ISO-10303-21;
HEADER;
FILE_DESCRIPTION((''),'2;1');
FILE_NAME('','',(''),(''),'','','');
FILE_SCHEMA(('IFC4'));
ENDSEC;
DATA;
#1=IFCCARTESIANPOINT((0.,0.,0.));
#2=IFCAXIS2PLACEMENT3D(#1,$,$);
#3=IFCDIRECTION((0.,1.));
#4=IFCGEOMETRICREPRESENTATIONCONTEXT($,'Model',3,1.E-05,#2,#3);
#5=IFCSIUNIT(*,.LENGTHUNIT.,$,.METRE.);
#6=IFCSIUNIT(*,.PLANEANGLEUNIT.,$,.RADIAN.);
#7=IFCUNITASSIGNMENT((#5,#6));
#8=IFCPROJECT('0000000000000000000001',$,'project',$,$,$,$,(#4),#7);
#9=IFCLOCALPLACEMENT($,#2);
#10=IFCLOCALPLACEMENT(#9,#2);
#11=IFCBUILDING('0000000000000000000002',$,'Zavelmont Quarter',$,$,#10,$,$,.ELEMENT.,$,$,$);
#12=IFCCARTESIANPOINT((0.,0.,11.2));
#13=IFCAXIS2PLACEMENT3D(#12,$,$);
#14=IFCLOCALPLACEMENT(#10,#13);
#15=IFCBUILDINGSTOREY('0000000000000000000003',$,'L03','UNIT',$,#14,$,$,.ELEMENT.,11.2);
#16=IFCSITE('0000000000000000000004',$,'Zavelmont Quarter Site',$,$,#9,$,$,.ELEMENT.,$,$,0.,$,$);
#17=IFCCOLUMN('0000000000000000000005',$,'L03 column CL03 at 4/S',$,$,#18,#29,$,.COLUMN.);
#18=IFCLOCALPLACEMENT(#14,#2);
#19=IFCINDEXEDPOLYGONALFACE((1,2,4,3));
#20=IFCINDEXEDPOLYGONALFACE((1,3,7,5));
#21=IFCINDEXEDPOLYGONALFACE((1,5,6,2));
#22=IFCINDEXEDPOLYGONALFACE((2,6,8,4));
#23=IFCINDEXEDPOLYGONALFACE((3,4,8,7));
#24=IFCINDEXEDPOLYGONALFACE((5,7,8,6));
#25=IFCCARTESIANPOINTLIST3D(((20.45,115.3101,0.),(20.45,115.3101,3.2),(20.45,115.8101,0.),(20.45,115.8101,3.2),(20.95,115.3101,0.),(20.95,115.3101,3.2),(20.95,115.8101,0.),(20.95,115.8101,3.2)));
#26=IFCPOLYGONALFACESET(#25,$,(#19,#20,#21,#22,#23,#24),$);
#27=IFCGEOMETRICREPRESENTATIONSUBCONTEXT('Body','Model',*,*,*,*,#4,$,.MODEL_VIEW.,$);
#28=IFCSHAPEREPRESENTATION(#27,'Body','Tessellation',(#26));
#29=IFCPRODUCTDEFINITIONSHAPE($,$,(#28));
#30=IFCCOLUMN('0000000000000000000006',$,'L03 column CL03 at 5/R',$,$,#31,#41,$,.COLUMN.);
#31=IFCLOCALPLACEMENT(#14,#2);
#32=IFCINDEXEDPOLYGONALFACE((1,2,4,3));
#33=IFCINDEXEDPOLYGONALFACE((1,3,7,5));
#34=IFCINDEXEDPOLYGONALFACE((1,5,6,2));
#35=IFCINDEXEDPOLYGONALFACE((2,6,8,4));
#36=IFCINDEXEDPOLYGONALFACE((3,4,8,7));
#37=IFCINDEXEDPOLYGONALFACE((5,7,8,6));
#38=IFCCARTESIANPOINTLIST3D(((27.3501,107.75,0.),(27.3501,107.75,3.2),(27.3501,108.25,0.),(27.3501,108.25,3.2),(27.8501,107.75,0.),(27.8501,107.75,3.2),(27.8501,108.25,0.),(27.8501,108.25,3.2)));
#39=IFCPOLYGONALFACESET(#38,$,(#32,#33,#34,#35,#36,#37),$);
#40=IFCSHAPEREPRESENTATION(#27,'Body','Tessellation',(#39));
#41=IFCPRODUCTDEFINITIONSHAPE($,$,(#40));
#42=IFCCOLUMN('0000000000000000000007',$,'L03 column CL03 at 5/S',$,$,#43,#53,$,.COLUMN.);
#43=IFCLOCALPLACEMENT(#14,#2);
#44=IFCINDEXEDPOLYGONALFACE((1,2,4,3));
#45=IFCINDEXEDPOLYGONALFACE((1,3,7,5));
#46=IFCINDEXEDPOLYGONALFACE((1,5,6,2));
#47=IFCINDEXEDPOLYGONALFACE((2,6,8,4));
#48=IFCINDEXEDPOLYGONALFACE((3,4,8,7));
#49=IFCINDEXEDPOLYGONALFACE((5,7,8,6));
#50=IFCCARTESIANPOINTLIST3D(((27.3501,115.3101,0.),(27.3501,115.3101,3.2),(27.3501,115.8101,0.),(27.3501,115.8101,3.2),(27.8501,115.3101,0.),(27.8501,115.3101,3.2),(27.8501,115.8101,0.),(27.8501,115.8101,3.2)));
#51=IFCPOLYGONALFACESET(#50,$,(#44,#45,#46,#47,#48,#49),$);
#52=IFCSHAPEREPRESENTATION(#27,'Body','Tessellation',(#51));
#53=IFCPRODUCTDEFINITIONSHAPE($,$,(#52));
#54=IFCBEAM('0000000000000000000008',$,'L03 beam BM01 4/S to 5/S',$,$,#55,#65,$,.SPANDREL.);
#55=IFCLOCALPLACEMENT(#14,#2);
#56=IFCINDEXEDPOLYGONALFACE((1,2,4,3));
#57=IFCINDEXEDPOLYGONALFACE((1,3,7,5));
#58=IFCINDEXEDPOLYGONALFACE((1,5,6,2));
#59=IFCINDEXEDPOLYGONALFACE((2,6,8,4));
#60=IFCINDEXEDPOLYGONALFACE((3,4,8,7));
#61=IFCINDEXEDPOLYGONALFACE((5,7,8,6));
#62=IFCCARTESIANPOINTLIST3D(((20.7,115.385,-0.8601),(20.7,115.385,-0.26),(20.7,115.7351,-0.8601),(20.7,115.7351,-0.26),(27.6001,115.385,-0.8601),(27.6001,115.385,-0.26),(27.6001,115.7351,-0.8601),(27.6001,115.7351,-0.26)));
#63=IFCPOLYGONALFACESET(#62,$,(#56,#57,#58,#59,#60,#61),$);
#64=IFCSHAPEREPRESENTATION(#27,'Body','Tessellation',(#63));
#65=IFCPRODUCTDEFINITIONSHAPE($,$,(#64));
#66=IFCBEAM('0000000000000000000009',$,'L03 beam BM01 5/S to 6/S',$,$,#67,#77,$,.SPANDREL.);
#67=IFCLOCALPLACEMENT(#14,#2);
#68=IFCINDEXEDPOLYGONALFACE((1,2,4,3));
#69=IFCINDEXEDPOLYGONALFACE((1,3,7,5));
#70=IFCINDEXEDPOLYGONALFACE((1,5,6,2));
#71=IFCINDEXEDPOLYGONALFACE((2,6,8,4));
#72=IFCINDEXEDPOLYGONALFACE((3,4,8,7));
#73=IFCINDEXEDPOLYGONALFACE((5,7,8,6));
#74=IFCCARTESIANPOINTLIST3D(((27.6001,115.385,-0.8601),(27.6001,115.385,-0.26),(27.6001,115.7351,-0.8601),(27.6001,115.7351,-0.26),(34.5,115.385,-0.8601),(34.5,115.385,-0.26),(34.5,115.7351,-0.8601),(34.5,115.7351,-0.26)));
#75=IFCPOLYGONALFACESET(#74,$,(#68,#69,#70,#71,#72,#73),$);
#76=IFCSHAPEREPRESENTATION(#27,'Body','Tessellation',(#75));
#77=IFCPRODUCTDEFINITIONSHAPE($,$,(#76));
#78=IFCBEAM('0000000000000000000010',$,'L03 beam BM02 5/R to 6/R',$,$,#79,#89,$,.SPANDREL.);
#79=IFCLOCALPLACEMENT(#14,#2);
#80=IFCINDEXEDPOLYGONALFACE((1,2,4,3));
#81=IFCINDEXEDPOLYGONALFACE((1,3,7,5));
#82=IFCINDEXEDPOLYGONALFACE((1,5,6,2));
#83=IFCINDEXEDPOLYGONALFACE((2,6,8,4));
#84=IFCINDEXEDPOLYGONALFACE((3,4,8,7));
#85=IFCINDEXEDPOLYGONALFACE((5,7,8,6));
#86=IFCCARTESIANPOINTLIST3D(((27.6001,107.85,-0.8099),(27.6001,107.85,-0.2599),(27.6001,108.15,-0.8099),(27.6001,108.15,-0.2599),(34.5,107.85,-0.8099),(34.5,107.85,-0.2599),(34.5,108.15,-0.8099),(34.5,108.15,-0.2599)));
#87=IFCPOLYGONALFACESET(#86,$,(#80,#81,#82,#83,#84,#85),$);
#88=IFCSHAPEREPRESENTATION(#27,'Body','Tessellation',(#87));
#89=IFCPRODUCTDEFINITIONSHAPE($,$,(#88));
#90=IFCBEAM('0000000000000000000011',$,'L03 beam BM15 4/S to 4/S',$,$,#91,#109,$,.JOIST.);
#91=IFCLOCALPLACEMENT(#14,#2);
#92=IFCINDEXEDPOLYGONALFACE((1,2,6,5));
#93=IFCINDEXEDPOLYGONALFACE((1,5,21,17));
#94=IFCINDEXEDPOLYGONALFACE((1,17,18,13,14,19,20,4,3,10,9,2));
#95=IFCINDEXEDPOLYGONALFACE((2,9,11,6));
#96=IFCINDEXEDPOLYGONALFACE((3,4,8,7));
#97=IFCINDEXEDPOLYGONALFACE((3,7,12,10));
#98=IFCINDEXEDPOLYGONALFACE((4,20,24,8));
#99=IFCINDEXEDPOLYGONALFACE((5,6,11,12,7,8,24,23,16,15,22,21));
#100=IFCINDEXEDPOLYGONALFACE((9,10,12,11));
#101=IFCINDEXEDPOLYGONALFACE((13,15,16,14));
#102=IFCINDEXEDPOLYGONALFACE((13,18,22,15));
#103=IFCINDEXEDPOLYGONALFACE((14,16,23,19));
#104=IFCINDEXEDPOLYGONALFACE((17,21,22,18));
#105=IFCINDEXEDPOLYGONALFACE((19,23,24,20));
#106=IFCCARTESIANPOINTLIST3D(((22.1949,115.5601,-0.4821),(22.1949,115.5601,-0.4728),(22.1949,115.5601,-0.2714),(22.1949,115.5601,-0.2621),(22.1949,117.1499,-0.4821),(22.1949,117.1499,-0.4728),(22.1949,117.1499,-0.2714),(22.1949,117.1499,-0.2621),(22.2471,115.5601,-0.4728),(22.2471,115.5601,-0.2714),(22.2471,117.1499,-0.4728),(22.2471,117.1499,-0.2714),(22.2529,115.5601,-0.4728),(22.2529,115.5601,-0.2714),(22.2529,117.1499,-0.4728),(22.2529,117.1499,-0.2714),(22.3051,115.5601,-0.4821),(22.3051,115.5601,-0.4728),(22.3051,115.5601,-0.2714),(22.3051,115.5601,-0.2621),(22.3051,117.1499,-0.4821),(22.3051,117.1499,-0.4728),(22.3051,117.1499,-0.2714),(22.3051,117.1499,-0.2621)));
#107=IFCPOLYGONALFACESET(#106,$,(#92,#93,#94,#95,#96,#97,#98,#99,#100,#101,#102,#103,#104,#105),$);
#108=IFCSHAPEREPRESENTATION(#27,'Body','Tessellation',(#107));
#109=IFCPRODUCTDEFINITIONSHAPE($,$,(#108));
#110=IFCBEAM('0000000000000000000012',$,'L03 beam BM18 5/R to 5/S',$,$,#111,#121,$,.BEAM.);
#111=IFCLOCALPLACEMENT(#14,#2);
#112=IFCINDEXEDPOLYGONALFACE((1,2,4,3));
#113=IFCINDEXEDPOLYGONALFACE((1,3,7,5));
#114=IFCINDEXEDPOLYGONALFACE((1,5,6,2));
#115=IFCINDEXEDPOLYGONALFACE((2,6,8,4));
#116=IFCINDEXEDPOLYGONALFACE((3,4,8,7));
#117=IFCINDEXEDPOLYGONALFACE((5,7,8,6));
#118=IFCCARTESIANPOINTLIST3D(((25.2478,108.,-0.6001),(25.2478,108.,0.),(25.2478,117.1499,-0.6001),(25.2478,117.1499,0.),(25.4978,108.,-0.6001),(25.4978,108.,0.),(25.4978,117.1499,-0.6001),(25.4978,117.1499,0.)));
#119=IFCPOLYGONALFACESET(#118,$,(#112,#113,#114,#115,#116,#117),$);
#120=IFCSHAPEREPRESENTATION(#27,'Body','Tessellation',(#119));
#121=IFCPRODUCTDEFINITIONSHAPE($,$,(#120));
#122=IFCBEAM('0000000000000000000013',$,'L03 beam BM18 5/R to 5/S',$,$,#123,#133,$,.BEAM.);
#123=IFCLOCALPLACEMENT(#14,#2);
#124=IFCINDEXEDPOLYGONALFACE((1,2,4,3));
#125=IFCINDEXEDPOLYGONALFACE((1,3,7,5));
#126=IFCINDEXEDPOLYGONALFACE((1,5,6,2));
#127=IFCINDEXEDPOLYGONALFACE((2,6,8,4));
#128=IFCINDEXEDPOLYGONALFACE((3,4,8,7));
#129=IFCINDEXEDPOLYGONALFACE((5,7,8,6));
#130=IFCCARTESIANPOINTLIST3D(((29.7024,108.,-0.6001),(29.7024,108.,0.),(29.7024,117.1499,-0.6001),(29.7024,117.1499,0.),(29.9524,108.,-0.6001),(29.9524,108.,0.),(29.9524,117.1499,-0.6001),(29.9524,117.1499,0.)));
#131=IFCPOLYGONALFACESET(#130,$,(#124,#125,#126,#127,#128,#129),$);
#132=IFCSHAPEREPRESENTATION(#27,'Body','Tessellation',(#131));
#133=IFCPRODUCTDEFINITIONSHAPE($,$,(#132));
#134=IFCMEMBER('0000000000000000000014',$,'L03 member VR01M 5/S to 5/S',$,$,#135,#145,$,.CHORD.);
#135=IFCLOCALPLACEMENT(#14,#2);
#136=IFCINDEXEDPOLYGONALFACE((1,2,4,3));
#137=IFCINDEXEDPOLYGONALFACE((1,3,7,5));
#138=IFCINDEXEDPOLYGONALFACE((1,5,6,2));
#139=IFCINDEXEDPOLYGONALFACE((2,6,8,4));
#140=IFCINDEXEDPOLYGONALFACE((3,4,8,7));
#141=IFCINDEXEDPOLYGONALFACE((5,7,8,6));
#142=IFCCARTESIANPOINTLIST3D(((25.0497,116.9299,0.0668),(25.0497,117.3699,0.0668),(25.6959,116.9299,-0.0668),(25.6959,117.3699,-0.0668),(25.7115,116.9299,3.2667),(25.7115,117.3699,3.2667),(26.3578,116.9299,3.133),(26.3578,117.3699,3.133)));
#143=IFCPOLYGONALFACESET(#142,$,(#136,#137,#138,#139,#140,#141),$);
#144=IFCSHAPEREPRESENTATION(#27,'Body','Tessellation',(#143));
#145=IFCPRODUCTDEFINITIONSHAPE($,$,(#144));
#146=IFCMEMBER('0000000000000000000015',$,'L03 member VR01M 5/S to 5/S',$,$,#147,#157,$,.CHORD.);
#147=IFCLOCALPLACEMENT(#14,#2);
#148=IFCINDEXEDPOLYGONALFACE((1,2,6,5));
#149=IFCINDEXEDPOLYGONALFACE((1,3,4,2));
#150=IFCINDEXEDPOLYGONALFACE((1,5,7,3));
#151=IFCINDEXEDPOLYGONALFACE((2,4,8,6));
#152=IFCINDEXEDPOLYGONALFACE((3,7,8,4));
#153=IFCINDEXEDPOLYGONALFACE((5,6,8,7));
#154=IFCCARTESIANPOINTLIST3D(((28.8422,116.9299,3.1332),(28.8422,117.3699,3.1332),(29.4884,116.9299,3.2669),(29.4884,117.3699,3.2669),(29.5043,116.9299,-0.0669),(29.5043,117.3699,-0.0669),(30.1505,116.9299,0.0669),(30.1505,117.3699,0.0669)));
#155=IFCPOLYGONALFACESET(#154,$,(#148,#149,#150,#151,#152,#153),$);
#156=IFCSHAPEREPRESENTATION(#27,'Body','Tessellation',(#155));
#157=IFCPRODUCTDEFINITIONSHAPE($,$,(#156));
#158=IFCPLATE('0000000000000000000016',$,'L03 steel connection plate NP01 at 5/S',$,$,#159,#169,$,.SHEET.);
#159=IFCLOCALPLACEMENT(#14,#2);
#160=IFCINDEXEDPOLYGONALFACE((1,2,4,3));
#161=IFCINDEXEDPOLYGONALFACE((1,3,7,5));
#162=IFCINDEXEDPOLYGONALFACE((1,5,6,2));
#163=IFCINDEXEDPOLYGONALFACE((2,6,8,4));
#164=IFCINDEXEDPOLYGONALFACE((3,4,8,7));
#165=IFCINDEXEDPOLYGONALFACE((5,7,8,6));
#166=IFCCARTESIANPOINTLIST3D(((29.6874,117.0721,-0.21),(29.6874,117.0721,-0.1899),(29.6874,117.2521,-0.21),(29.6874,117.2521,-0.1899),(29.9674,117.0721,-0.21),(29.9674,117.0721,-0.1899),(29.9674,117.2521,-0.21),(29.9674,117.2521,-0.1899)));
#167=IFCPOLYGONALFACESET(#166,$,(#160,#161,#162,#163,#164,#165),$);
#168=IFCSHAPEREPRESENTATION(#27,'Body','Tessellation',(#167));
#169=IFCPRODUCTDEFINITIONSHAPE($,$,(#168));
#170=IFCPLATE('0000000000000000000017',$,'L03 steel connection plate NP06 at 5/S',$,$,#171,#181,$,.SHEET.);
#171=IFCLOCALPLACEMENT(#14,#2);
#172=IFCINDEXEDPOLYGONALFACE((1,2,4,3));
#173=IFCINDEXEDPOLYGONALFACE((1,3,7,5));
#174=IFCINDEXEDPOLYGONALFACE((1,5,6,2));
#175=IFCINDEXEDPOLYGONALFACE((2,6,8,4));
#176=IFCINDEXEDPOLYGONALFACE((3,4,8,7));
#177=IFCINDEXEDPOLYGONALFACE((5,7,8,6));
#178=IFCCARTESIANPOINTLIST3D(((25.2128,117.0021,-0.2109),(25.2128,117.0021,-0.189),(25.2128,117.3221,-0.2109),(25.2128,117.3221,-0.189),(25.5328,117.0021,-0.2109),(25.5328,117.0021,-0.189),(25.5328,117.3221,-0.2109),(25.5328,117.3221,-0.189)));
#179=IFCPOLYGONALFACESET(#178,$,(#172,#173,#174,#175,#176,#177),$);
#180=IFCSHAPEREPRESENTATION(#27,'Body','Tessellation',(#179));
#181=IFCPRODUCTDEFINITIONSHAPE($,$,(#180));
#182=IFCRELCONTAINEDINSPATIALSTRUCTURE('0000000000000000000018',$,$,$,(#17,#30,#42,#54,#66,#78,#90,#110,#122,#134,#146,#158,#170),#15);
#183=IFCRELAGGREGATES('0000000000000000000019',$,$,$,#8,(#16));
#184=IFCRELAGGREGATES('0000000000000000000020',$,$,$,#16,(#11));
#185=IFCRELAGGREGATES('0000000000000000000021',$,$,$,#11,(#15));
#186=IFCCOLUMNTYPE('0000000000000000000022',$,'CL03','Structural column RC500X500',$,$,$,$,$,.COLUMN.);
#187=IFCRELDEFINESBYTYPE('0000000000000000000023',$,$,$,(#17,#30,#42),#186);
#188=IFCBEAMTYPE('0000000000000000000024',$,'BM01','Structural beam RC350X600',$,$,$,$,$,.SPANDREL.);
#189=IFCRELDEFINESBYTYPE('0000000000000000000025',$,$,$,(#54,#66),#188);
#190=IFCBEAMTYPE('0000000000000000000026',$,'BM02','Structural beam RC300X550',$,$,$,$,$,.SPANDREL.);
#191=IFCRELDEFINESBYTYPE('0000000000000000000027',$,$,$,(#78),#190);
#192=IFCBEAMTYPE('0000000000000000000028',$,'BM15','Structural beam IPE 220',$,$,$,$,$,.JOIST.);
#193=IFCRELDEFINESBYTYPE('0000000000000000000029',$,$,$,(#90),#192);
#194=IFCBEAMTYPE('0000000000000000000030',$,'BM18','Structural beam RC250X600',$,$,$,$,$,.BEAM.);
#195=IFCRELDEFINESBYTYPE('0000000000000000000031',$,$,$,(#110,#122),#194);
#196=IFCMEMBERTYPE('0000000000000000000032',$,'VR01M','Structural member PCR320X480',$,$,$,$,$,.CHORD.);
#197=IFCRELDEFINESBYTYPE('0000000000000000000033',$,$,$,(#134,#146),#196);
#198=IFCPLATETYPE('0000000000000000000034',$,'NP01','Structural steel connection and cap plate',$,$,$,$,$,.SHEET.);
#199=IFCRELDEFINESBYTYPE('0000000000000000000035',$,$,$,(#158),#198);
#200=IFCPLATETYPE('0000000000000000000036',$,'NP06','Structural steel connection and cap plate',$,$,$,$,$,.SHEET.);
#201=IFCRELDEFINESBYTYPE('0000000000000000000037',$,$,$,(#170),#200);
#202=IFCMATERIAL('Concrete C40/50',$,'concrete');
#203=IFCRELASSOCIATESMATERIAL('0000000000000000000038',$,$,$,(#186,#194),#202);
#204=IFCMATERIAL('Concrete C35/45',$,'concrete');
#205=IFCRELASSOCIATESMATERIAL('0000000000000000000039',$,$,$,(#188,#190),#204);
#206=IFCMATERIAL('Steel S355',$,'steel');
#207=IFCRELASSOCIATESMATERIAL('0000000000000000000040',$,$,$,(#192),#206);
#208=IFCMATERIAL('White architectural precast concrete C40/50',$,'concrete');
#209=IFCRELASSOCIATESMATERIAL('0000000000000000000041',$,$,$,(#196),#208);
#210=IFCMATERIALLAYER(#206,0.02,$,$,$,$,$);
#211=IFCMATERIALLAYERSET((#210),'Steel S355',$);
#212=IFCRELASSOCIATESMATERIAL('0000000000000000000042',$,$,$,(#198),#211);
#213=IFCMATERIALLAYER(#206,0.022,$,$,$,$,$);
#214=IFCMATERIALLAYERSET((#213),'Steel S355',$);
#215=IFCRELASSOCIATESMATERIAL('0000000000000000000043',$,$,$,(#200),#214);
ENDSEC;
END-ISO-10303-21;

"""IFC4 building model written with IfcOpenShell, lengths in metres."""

from ifc_helpers import new_model, si_unit, direction, frame, origin, origin_2d, place, context, subcontext, project, spatial, rectangle, i_section, extrude, material, layer, layer_set, material_profile, profile_set, type_object, element, save


model = new_model("IFC4")

# Units and contexts
model_context = context("Model", 3, precision=1e-05, world=origin(), true_north=direction((0.0, 1.0)))
body_context = subcontext(model_context, "Body", "Model", "MODEL_VIEW")
ifc_project = project(units=[si_unit("LENGTHUNIT", "METRE"), si_unit("PLANEANGLEUNIT", "RADIAN")], contexts=[model_context])

# Site, building, storey
site_placement = place(None, origin())
site = spatial("IfcSite", under=ifc_project, at=site_placement, Name="Zavelmont Quarter Site", CompositionType="ELEMENT", RefElevation=0.0)
building_placement = place(site_placement, origin())
building = spatial("IfcBuilding", under=site, at=building_placement, Name="Zavelmont Quarter", CompositionType="ELEMENT")
storey_placement = place(building_placement, frame((0.0, 0.0, 11.2)))
storey = spatial("IfcBuildingStorey", under=building, at=storey_placement, Name="L03", Description="UNIT", CompositionType="ELEMENT", Elevation=11.2)

# Columns
ifc_material_1 = material(Name="Concrete C40/50", Category="concrete")
ifc_material_profile_1 = material_profile(ifc_material_1, rectangle(XDim=0.5, YDim=0.5, at=origin_2d()), Name="RC500X500")
ifc_profile_set_1 = profile_set([ifc_material_profile_1], Name="Concrete C40/50")
column_type = type_object("IfcColumnType", Name="CL03", Description="Structural column RC500X500", PredefinedType="COLUMN", material=ifc_profile_set_1)
for number, where, z_axis, x_axis, name in (
    (1, (20.7, 115.5601, 0.0), (0.0, 0.0, 1.0), (1.0, 0.0, 0.0), "L03 column CL03 at 4/S"),
    (2, (27.6001, 108.0, 0.0), (0.0, 0.0, 1.0), (1.0, 0.0, 0.0), "L03 column CL03 at 5/R"),
    (3, (27.6001, 115.5601, 0.0), (0.0, 0.0, 1.0), (1.0, 0.0, 0.0), "L03 column CL03 at 5/S"),
):
    element("IfcColumn", number, at=place(storey_placement, frame(where, z_axis=z_axis, x_axis=x_axis)), inside=storey, type_object=column_type, Name=name, PredefinedType="COLUMN", context=body_context, shape_type="SweptSolid", body=[
        extrude(rectangle(XDim=0.5, YDim=0.5, at=origin_2d()), origin(), (0.0, 0.0, 1.0), 3.2),
    ])

# Beams
ifc_material_2 = material(Name="Concrete C35/45", Category="concrete")
ifc_material_profile_2 = material_profile(ifc_material_2, rectangle(XDim=0.3501, YDim=0.6001, at=origin_2d()), Name="RC350X600")
ifc_profile_set_2 = profile_set([ifc_material_profile_2], Name="Concrete C35/45")
beam_type_1 = type_object("IfcBeamType", Name="BM01", Description="Structural beam RC350X600", PredefinedType="SPANDREL", material=ifc_profile_set_2)
beam_1_placement = place(storey_placement, frame((20.7, 115.5601, -0.5601), z_axis=(1.0, 0.0, 0.0), x_axis=(0.0, 1.0, 0.0)))
element("IfcBeam", 4, at=beam_1_placement, inside=storey, type_object=beam_type_1, Name="L03 beam BM01 4/S to 5/S", PredefinedType="SPANDREL", context=body_context, shape_type="SweptSolid", body=[
    extrude(rectangle(XDim=0.3501, YDim=0.6001, at=origin_2d()), origin(), (0.0, 0.0, 1.0), 6.9001),
])
beam_2_placement = place(storey_placement, frame((27.6001, 115.5601, -0.5601), z_axis=(1.0, 0.0, 0.0), x_axis=(0.0, 1.0, 0.0)))
element("IfcBeam", 5, at=beam_2_placement, inside=storey, type_object=beam_type_1, Name="L03 beam BM01 5/S to 6/S", PredefinedType="SPANDREL", context=body_context, shape_type="SweptSolid", body=[
    extrude(rectangle(XDim=0.3501, YDim=0.6001, at=origin_2d()), origin(), (0.0, 0.0, 1.0), 6.8999),
])
ifc_material_profile_3 = material_profile(ifc_material_2, rectangle(XDim=0.3, YDim=0.55, at=origin_2d()), Name="RC300X550")
ifc_profile_set_3 = profile_set([ifc_material_profile_3], Name="Concrete C35/45")
beam_type_2 = type_object("IfcBeamType", Name="BM02", Description="Structural beam RC300X550", PredefinedType="SPANDREL", material=ifc_profile_set_3)
beam_3_placement = place(storey_placement, frame((27.6001, 108.0, -0.5349), z_axis=(1.0, 0.0, 0.0), x_axis=(0.0, 1.0, 0.0)))
element("IfcBeam", 6, at=beam_3_placement, inside=storey, type_object=beam_type_2, Name="L03 beam BM02 5/R to 6/R", PredefinedType="SPANDREL", context=body_context, shape_type="SweptSolid", body=[
    extrude(rectangle(XDim=0.3, YDim=0.55, at=origin_2d()), origin(), (0.0, 0.0, 1.0), 6.8999),
])
ifc_material_3 = material(Name="Steel S355", Category="steel")
ifc_material_profile_4 = material_profile(ifc_material_3, i_section(OverallWidth=0.1101, OverallDepth=0.22, WebThickness=0.0059, FlangeThickness=0.0093, at=origin_2d()), Name="IPE 220")
ifc_profile_set_4 = profile_set([ifc_material_profile_4], Name="Steel S355")
beam_type_3 = type_object("IfcBeamType", Name="BM15", Description="Structural beam IPE 220", PredefinedType="JOIST", material=ifc_profile_set_4)
beam_4_placement = place(storey_placement, frame((22.25, 115.5601, -0.3721), z_axis=(0.0, 1.0, 0.0), x_axis=(-1.0, 0.0, 0.0)))
element("IfcBeam", 7, at=beam_4_placement, inside=storey, type_object=beam_type_3, Name="L03 beam BM15 4/S to 4/S", PredefinedType="JOIST", context=body_context, shape_type="SweptSolid", body=[
    extrude(i_section(OverallWidth=0.1101, OverallDepth=0.22, WebThickness=0.0059, FlangeThickness=0.0093, at=origin_2d()), origin(), (0.0, 0.0, 1.0), 1.5898),
])
ifc_material_profile_5 = material_profile(ifc_material_1, rectangle(XDim=0.25, YDim=0.6001, at=origin_2d()), Name="RC250X600")
ifc_profile_set_5 = profile_set([ifc_material_profile_5], Name="Concrete C40/50")
beam_type_4 = type_object("IfcBeamType", Name="BM18", Description="Structural beam RC250X600", PredefinedType="BEAM", material=ifc_profile_set_5)
for number, where, z_axis, x_axis, name in (
    (8, (25.3728, 108.0, -0.3), (0.0, 1.0, 0.0), (-1.0, 0.0, 0.0), "L03 beam BM18 5/R to 5/S"),
    (9, (29.8274, 108.0, -0.3), (0.0, 1.0, 0.0), (-1.0, 0.0, 0.0), "L03 beam BM18 5/R to 5/S"),
):
    element("IfcBeam", number, at=place(storey_placement, frame(where, z_axis=z_axis, x_axis=x_axis)), inside=storey, type_object=beam_type_4, Name=name, PredefinedType="BEAM", context=body_context, shape_type="SweptSolid", body=[
        extrude(rectangle(XDim=0.25, YDim=0.6001, at=origin_2d()), origin(), (0.0, 0.0, 1.0), 9.1499),
    ])

# Members
ifc_material_4 = material(Name="White architectural precast concrete C40/50", Category="concrete")
ifc_material_profile_6 = material_profile(ifc_material_4, rectangle(XDim=0.4399, YDim=0.6599, at=origin_2d()), Name="PCR320X480")
ifc_profile_set_6 = profile_set([ifc_material_profile_6], Name="White architectural precast concrete C40/50")
member_type = type_object("IfcMemberType", Name="VR01M", Description="Structural member PCR320X480", PredefinedType="CHORD", material=ifc_profile_set_6)
member_1_placement = place(storey_placement, frame((25.3728, 117.1499, 0.0), z_axis=(0.202549, 0.0, 0.979272), x_axis=(0.0, 1.0, 0.0)))
element("IfcMember", 10, at=member_1_placement, inside=storey, type_object=member_type, Name="L03 member VR01M 5/S to 5/S", PredefinedType="CHORD", context=body_context, shape_type="SweptSolid", body=[
    extrude(rectangle(XDim=0.4399, YDim=0.6599, at=origin_2d()), origin(), (0.0, 0.0, 1.0), 3.2676),
])
member_2_placement = place(storey_placement, frame((29.8274, 117.1499, 0.0), z_axis=(-0.20262, 0.0, 0.979257), x_axis=(0.0, -1.0, 0.0)))
element("IfcMember", 11, at=member_2_placement, inside=storey, type_object=member_type, Name="L03 member VR01M 5/S to 5/S", PredefinedType="CHORD", context=body_context, shape_type="SweptSolid", body=[
    extrude(rectangle(XDim=0.4399, YDim=0.6599, at=origin_2d()), origin(), (0.0, 0.0, 1.0), 3.2678),
])

# Plates
ifc_layer_1 = layer(ifc_material_3, 0.02)
ifc_layer_set_1 = layer_set([ifc_layer_1], Name="Steel S355")
plate_type_1 = type_object("IfcPlateType", Name="NP01", Description="Structural steel connection and cap plate", PredefinedType="SHEET", material=ifc_layer_set_1)
plate_1_placement = place(storey_placement, frame((29.8274, 117.1621, -0.21), z_axis=(0.0, 0.0, 1.0), x_axis=(1.0, 0.0, 0.0)))
element("IfcPlate", 12, at=plate_1_placement, inside=storey, type_object=plate_type_1, Name="L03 steel connection plate NP01 at 5/S", PredefinedType="SHEET", context=body_context, shape_type="SweptSolid", body=[
    extrude(rectangle(XDim=0.28, YDim=0.1799, at=origin_2d()), origin(), (0.0, 0.0, 1.0), 0.02),
])
ifc_layer_2 = layer(ifc_material_3, 0.022)
ifc_layer_set_2 = layer_set([ifc_layer_2], Name="Steel S355")
plate_type_2 = type_object("IfcPlateType", Name="NP06", Description="Structural steel connection and cap plate", PredefinedType="SHEET", material=ifc_layer_set_2)
plate_2_placement = place(storey_placement, frame((25.3728, 117.1621, -0.2109), z_axis=(0.0, 0.0, 1.0), x_axis=(1.0, 0.0, 0.0)))
element("IfcPlate", 13, at=plate_2_placement, inside=storey, type_object=plate_type_2, Name="L03 steel connection plate NP06 at 5/S", PredefinedType="SHEET", context=body_context, shape_type="SweptSolid", body=[
    extrude(rectangle(XDim=0.3201, YDim=0.3201, at=origin_2d()), origin(), (0.0, 0.0, 1.0), 0.022),
])

save(model, "model.ifc")
